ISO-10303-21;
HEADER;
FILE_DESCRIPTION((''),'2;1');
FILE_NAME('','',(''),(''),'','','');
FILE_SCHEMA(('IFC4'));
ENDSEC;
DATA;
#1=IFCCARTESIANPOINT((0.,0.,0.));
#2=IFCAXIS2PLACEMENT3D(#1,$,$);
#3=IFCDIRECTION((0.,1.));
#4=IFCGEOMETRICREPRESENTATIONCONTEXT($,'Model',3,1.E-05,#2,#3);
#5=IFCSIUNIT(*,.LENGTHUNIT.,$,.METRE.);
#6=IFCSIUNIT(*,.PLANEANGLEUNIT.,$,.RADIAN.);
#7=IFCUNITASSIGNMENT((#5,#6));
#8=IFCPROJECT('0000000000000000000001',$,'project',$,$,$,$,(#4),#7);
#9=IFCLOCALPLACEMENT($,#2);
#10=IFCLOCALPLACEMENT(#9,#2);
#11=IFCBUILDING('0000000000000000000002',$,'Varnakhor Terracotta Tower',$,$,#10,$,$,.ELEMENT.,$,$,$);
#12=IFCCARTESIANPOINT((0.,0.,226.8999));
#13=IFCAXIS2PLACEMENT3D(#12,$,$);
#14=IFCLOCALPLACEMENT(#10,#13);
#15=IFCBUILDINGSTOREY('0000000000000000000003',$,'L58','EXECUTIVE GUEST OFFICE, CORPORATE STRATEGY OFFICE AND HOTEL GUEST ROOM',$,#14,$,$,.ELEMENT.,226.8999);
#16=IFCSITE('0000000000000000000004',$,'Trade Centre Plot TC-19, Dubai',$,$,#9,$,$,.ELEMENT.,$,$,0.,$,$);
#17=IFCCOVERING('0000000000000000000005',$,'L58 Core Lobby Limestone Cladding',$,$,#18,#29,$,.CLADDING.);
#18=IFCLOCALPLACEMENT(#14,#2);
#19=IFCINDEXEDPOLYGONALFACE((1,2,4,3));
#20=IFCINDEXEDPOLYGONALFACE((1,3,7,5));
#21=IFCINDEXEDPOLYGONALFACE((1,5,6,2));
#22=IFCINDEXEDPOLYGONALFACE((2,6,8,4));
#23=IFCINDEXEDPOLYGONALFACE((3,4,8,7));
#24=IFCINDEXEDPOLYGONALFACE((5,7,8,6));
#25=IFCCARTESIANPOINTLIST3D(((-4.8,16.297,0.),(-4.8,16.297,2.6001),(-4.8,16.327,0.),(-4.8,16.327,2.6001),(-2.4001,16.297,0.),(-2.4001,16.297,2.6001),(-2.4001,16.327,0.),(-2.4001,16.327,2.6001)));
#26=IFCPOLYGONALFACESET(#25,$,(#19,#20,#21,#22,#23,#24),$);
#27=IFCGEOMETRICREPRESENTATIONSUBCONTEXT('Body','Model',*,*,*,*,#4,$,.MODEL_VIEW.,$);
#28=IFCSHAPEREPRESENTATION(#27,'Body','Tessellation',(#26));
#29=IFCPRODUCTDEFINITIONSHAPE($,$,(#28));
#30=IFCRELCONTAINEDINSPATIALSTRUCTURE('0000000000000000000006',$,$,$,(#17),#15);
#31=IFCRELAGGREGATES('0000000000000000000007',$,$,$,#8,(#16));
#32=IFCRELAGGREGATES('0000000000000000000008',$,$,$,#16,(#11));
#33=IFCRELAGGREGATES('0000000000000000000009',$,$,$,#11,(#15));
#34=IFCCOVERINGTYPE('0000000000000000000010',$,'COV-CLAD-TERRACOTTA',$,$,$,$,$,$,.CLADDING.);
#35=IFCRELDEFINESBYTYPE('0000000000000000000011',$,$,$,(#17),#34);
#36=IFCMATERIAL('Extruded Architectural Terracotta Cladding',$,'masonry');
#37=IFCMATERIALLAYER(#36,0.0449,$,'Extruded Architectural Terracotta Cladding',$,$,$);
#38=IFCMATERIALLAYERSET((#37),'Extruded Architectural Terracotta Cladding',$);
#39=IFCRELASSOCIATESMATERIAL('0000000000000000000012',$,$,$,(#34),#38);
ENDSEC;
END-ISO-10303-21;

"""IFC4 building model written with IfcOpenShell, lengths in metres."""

from ifc_helpers import new_model, si_unit, direction, frame, origin, origin_2d, place, context, subcontext, project, spatial, rectangle, extrude, source, transform, mapped, material, layer, layer_set, type_object, type_shapes, element, save


model = new_model("IFC4")

# Units and contexts
model_context = context("Model", 3, precision=1e-05, world=origin(), true_north=direction((0.0, 1.0)))
body_context = subcontext(model_context, "Body", "Model", "MODEL_VIEW")
ifc_project = project(units=[si_unit("LENGTHUNIT", "METRE"), si_unit("PLANEANGLEUNIT", "RADIAN")], contexts=[model_context])

# Site, building, storey
site_placement = place(None, origin())
site = spatial("IfcSite", under=ifc_project, at=site_placement, Name="Trade Centre Plot TC-19, Dubai", CompositionType="ELEMENT", RefElevation=0.0)
building_placement = place(site_placement, origin())
building = spatial("IfcBuilding", under=site, at=building_placement, Name="Varnakhor Terracotta Tower", CompositionType="ELEMENT")
storey_placement = place(building_placement, frame((0.0, 0.0, 226.8999)))
storey = spatial("IfcBuildingStorey", under=building, at=storey_placement, Name="L58", Description="EXECUTIVE GUEST OFFICE, CORPORATE STRATEGY OFFICE AND HOTEL GUEST ROOM", CompositionType="ELEMENT", Elevation=226.8999)

# Covering
ifc_material_1 = material(Name="Extruded Architectural Terracotta Cladding", Category="masonry")
ifc_layer_1 = layer(ifc_material_1, 0.0449, Name="Extruded Architectural Terracotta Cladding")
ifc_layer_set_1 = layer_set([ifc_layer_1], Name="Extruded Architectural Terracotta Cladding")
covering_type = type_object("IfcCoveringType", Name="COV-CLAD-TERRACOTTA", PredefinedType="CLADDING", material=ifc_layer_set_1)
shared_shape_1 = source(origin(), body_context, "Body", "SweptSolid", [
    extrude(rectangle(XDim=2.3999, YDim=0.03, at=origin_2d()), origin(), (0.0, 0.0, 1.0), 2.6001),
])
type_shapes(covering_type, [shared_shape_1])
covering_placement = place(storey_placement, frame((-3.6001, 16.312, 0.0), z_axis=(0.0, 0.0, 1.0), x_axis=(1.0, 0.0, 0.0)))
element("IfcCovering", 1, at=covering_placement, inside=storey, type_object=covering_type, Name="L58 Core Lobby Limestone Cladding", PredefinedType="CLADDING", context=body_context, shape_type="MappedRepresentation", body=[
    mapped(shared_shape_1, transform((0.0, 0.0, 0.0), scale=1.0)),
])

save(model, "model.ifc")
